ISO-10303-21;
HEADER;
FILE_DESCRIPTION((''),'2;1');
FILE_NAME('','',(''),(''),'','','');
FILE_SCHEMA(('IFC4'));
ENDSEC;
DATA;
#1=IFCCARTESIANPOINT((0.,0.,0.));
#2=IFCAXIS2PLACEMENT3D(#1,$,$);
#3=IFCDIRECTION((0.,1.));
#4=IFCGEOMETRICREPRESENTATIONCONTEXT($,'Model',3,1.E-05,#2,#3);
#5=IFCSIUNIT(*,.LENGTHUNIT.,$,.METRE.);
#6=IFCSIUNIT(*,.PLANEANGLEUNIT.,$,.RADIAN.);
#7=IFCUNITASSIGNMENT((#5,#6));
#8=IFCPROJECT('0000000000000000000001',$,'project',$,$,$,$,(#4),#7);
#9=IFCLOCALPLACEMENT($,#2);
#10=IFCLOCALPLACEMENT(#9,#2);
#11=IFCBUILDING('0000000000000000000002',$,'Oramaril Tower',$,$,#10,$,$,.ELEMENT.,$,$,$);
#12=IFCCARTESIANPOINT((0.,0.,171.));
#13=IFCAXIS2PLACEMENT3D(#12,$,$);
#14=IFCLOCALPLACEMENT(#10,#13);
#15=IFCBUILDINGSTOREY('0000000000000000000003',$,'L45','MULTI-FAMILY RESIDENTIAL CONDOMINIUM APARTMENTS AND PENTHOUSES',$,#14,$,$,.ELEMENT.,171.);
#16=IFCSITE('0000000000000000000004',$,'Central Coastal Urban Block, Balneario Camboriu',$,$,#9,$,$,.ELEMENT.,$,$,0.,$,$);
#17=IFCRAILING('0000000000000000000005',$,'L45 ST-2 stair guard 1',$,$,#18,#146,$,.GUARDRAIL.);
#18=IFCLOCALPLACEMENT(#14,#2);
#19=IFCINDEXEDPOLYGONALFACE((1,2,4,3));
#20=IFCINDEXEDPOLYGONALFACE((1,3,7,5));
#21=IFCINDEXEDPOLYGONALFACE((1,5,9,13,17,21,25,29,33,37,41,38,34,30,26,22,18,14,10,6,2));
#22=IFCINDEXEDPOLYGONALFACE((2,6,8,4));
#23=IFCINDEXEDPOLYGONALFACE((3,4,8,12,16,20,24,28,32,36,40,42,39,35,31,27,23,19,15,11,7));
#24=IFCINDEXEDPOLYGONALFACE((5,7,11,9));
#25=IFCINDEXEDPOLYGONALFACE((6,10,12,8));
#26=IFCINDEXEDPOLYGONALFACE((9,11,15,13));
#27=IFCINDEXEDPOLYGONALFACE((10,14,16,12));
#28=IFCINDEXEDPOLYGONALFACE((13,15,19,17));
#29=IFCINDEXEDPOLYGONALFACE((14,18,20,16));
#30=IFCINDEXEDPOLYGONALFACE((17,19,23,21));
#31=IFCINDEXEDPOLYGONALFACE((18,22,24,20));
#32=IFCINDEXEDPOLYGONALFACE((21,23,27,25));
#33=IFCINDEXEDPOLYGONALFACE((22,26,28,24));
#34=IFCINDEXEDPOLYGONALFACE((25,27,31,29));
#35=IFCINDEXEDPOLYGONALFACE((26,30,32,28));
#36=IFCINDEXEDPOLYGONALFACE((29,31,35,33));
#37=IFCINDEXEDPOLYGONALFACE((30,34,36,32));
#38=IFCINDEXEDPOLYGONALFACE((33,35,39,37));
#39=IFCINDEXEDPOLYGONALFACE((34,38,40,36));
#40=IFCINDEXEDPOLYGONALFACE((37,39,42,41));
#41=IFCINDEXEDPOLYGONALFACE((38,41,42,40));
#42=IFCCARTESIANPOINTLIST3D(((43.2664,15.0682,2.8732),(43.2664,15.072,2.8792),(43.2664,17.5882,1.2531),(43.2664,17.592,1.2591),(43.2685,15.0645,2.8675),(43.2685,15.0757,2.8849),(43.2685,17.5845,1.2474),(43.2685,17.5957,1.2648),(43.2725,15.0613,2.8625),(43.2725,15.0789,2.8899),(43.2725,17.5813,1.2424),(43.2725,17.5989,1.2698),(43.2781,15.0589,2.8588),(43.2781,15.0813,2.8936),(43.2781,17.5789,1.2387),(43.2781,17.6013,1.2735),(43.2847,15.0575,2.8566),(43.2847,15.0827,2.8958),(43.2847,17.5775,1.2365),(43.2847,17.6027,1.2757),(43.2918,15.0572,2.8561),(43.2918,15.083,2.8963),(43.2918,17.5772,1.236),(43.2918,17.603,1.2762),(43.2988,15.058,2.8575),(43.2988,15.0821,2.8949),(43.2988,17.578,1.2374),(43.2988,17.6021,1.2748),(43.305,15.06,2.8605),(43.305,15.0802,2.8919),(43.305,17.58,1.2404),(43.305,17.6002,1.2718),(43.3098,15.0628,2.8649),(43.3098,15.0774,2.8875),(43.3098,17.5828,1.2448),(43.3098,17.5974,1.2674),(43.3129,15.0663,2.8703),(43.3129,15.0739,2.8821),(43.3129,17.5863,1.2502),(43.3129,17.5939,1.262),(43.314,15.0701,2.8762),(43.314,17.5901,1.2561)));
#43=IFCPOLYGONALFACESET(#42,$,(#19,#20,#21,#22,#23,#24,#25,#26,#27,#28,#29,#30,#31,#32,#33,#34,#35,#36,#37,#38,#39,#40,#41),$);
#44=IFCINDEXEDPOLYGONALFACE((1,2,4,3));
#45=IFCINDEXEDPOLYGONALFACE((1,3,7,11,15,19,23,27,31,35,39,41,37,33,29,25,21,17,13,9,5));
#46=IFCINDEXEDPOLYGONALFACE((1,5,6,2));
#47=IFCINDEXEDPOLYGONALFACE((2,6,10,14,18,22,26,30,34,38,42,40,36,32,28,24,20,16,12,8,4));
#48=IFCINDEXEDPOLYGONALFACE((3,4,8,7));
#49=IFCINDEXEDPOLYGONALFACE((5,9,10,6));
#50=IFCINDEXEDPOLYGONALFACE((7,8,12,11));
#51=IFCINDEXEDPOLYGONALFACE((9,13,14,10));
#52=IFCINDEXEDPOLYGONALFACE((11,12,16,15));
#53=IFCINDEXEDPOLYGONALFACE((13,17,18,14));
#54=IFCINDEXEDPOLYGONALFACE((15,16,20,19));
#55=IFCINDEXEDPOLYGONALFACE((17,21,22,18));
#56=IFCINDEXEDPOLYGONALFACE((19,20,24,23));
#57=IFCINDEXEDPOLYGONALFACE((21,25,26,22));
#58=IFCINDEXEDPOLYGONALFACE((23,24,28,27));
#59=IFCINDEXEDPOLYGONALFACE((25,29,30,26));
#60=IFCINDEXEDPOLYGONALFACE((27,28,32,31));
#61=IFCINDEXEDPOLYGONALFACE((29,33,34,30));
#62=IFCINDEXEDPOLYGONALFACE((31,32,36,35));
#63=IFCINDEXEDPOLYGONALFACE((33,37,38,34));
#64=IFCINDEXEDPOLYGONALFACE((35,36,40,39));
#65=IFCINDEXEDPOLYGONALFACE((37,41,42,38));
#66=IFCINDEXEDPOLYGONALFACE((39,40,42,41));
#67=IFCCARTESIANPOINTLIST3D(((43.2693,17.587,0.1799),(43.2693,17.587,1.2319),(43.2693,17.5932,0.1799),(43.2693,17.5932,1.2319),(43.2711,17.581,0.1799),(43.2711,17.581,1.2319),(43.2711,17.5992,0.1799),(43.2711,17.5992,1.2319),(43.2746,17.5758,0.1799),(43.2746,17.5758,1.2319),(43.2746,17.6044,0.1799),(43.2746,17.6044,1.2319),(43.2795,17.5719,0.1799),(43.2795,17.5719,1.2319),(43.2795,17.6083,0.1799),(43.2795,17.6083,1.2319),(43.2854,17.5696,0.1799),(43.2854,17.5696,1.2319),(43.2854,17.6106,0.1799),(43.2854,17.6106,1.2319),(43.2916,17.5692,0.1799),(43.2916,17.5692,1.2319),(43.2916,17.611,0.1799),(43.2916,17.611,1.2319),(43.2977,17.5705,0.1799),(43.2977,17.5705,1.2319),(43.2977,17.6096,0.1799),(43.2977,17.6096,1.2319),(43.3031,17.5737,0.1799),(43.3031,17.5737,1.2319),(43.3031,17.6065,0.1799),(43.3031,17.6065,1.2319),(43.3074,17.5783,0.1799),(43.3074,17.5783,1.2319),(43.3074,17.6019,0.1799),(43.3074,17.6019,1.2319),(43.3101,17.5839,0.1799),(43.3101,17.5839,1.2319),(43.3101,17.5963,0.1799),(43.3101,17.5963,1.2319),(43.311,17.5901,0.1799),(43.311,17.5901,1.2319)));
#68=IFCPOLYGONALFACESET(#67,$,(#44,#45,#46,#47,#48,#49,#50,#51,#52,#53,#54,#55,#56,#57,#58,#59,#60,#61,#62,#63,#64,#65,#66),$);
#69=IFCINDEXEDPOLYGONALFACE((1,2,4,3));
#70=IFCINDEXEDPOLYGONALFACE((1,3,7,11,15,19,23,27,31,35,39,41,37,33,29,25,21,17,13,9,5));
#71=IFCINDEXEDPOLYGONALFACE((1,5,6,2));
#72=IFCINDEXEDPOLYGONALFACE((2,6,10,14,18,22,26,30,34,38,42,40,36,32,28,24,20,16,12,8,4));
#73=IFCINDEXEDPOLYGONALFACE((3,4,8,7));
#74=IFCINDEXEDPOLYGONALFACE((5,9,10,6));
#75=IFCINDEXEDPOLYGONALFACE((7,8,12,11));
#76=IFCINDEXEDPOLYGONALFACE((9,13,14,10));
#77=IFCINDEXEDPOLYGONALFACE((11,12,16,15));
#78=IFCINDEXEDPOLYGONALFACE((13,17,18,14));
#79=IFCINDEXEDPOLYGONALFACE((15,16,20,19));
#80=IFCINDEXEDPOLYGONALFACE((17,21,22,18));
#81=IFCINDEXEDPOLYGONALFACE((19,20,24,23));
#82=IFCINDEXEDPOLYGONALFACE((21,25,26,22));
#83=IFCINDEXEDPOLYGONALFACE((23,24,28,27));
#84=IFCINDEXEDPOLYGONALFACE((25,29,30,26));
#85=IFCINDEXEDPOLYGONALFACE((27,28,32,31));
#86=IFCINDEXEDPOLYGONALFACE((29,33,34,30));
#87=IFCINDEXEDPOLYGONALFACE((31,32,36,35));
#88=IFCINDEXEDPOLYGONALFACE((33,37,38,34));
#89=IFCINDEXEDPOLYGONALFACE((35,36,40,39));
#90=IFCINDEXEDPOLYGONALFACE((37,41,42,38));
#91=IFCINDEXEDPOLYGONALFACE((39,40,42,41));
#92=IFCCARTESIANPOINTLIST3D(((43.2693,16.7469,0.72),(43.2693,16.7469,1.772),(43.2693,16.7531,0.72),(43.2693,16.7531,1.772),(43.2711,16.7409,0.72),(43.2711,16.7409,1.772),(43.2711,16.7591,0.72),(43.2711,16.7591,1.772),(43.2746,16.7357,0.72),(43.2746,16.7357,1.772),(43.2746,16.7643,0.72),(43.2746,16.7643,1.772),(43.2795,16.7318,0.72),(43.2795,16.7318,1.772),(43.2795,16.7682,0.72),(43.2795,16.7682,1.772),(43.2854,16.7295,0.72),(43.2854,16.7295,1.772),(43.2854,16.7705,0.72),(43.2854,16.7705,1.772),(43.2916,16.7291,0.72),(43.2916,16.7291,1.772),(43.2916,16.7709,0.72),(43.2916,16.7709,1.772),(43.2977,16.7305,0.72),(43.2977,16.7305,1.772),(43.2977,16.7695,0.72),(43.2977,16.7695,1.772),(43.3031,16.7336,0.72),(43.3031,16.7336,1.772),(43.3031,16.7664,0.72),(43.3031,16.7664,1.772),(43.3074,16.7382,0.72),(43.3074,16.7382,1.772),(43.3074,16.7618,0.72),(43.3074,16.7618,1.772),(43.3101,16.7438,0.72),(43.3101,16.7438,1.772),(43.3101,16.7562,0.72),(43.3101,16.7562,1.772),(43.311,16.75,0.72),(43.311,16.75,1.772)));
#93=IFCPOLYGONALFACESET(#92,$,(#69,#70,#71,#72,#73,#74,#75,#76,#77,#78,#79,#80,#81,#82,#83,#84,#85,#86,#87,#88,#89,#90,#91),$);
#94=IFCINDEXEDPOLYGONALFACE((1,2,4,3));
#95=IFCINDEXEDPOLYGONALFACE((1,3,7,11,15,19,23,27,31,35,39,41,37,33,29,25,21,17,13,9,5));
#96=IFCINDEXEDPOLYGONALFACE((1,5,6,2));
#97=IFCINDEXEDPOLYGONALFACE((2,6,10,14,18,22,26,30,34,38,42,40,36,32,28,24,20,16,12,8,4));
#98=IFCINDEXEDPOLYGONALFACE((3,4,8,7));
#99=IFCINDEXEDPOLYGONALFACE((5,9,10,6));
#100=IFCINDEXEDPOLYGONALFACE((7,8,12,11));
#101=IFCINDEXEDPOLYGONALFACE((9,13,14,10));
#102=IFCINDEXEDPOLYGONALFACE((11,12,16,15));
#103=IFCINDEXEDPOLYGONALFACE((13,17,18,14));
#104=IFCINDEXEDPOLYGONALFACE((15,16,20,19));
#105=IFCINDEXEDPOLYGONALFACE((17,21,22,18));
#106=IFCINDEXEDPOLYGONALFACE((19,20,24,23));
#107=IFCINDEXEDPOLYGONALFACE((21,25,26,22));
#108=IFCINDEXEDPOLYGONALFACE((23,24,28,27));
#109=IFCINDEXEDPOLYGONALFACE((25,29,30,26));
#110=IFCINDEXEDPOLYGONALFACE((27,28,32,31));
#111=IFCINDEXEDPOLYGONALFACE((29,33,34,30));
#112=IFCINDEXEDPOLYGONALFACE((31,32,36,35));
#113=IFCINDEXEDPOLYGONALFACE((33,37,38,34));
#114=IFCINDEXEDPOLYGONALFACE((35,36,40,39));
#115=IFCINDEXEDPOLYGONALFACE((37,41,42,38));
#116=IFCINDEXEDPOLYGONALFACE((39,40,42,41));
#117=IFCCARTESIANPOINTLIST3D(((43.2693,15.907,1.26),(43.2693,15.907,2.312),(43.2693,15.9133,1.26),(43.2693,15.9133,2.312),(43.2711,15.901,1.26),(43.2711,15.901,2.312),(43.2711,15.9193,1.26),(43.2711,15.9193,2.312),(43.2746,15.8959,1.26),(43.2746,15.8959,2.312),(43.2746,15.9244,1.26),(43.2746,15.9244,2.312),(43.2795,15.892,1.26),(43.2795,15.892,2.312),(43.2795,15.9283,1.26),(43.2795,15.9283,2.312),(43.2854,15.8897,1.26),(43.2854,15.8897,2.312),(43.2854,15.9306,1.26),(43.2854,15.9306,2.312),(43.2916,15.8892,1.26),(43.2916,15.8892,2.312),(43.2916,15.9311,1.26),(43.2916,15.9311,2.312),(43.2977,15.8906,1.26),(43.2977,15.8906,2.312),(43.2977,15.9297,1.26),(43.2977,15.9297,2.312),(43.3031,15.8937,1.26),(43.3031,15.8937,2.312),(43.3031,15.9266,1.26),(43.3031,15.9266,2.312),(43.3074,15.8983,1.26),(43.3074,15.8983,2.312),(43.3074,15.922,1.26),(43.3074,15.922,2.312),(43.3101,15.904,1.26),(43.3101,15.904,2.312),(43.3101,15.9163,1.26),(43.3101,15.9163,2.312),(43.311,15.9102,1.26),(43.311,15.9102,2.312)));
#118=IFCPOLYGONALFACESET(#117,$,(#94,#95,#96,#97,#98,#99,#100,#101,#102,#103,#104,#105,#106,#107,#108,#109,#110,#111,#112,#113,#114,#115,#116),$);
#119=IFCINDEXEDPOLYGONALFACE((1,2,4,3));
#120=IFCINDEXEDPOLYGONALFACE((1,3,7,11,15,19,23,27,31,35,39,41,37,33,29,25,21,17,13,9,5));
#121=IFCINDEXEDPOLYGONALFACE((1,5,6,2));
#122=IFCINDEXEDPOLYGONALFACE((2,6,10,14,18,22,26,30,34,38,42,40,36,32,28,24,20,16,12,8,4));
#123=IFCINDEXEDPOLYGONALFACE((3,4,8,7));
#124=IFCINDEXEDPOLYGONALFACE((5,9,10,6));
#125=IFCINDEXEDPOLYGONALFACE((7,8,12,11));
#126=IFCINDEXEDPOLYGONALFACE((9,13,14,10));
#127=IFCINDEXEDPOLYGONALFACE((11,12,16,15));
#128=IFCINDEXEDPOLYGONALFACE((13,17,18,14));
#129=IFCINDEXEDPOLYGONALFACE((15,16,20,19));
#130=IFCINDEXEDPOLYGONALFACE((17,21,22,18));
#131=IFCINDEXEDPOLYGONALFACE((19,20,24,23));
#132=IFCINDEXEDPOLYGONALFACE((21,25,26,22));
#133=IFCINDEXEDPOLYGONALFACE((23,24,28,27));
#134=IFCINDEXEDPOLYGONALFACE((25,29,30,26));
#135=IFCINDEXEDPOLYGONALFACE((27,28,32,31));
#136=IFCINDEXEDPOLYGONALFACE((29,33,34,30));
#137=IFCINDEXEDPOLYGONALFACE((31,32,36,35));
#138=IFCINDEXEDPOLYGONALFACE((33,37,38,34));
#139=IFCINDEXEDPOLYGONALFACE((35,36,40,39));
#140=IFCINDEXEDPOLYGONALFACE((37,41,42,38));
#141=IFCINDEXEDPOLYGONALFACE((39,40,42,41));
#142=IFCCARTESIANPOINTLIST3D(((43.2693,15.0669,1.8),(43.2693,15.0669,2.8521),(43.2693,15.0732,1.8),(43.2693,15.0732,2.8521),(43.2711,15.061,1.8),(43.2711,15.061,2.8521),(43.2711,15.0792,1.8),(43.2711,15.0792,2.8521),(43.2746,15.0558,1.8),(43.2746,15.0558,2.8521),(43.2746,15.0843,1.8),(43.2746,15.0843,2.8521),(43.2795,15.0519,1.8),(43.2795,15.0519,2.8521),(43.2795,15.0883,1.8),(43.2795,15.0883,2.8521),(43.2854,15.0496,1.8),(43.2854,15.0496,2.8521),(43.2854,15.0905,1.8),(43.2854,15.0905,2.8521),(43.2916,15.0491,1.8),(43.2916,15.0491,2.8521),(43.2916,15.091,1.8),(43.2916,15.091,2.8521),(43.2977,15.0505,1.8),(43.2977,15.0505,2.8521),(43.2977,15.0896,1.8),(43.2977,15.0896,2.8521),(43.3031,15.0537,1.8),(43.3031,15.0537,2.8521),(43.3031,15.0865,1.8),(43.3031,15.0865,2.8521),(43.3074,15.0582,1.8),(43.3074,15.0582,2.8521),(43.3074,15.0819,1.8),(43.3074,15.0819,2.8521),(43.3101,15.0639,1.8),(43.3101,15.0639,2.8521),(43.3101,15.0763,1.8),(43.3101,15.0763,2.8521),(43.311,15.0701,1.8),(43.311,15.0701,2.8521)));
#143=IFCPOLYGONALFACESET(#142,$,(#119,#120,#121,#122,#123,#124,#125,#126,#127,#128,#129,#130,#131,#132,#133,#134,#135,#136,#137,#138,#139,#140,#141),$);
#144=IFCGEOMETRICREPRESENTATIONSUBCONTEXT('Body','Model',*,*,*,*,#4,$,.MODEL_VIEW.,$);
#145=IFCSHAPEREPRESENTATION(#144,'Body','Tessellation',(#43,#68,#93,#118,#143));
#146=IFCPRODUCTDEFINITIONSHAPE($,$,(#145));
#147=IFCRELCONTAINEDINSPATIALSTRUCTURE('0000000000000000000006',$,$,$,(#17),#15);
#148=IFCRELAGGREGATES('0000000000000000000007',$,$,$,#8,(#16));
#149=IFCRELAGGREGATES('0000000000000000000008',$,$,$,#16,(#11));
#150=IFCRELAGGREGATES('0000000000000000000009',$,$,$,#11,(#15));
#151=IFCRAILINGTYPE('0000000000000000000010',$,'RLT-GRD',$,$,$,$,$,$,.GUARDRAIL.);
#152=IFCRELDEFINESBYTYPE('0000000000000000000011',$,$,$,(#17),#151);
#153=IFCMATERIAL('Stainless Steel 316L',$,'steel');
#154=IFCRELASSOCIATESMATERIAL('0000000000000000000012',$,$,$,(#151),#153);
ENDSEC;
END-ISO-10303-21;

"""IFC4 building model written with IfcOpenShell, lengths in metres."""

from ifc_helpers import new_model, si_unit, direction, frame, origin, origin_2d, place, context, subcontext, project, spatial, circle, extrude, material, type_object, element, save


model = new_model("IFC4")

# Units and contexts
model_context = context("Model", 3, precision=1e-05, world=origin(), true_north=direction((0.0, 1.0)))
body_context = subcontext(model_context, "Body", "Model", "MODEL_VIEW")
ifc_project = project(units=[si_unit("LENGTHUNIT", "METRE"), si_unit("PLANEANGLEUNIT", "RADIAN")], contexts=[model_context])

# Site, building, storey
site_placement = place(None, origin())
site = spatial("IfcSite", under=ifc_project, at=site_placement, Name="Central Coastal Urban Block, Balneario Camboriu", CompositionType="ELEMENT", RefElevation=0.0)
building_placement = place(site_placement, origin())
building = spatial("IfcBuilding", under=site, at=building_placement, Name="Oramaril Tower", CompositionType="ELEMENT")
storey_placement = place(building_placement, frame((0.0, 0.0, 171.0)))
storey = spatial("IfcBuildingStorey", under=building, at=storey_placement, Name="L45", Description="MULTI-FAMILY RESIDENTIAL CONDOMINIUM APARTMENTS AND PENTHOUSES", CompositionType="ELEMENT", Elevation=171.0)

# Railing
ifc_material_1 = material(Name="Stainless Steel 316L", Category="steel")
railing_type_1 = type_object("IfcRailingType", Name="RLT-GRD", PredefinedType="GUARDRAIL", material=ifc_material_1)
railing_1_placement = place(storey_placement, frame((43.29, 17.5901, 0.1799)))
element("IfcRailing", 1, at=railing_1_placement, inside=storey, type_object=railing_type_1, Name="L45 ST-2 stair guard 1", PredefinedType="GUARDRAIL", context=body_context, shape_type="SweptSolid", body=[
    extrude(circle(Radius=0.0239, at=origin_2d()), frame((0.0, 0.0, 1.0762), z_axis=(0.0, -0.841163, 0.540782), x_axis=(1.0, 0.0, 0.0)), (0.0, 0.0, 1.0), 2.9958),
    extrude(circle(Radius=0.021, at=origin_2d()), origin(), (0.0, 0.0, 1.0), 1.052),
    extrude(circle(Radius=0.021, at=origin_2d()), frame((0.0, -0.8401, 0.54)), (0.0, 0.0, 1.0), 1.052),
    extrude(circle(Radius=0.021, at=origin_2d()), frame((0.0, -1.6799, 1.0801)), (0.0, 0.0, 1.0), 1.052),
    extrude(circle(Radius=0.021, at=origin_2d()), frame((0.0, -2.52, 1.6201)), (0.0, 0.0, 1.0), 1.052),
])

save(model, "model.ifc")
